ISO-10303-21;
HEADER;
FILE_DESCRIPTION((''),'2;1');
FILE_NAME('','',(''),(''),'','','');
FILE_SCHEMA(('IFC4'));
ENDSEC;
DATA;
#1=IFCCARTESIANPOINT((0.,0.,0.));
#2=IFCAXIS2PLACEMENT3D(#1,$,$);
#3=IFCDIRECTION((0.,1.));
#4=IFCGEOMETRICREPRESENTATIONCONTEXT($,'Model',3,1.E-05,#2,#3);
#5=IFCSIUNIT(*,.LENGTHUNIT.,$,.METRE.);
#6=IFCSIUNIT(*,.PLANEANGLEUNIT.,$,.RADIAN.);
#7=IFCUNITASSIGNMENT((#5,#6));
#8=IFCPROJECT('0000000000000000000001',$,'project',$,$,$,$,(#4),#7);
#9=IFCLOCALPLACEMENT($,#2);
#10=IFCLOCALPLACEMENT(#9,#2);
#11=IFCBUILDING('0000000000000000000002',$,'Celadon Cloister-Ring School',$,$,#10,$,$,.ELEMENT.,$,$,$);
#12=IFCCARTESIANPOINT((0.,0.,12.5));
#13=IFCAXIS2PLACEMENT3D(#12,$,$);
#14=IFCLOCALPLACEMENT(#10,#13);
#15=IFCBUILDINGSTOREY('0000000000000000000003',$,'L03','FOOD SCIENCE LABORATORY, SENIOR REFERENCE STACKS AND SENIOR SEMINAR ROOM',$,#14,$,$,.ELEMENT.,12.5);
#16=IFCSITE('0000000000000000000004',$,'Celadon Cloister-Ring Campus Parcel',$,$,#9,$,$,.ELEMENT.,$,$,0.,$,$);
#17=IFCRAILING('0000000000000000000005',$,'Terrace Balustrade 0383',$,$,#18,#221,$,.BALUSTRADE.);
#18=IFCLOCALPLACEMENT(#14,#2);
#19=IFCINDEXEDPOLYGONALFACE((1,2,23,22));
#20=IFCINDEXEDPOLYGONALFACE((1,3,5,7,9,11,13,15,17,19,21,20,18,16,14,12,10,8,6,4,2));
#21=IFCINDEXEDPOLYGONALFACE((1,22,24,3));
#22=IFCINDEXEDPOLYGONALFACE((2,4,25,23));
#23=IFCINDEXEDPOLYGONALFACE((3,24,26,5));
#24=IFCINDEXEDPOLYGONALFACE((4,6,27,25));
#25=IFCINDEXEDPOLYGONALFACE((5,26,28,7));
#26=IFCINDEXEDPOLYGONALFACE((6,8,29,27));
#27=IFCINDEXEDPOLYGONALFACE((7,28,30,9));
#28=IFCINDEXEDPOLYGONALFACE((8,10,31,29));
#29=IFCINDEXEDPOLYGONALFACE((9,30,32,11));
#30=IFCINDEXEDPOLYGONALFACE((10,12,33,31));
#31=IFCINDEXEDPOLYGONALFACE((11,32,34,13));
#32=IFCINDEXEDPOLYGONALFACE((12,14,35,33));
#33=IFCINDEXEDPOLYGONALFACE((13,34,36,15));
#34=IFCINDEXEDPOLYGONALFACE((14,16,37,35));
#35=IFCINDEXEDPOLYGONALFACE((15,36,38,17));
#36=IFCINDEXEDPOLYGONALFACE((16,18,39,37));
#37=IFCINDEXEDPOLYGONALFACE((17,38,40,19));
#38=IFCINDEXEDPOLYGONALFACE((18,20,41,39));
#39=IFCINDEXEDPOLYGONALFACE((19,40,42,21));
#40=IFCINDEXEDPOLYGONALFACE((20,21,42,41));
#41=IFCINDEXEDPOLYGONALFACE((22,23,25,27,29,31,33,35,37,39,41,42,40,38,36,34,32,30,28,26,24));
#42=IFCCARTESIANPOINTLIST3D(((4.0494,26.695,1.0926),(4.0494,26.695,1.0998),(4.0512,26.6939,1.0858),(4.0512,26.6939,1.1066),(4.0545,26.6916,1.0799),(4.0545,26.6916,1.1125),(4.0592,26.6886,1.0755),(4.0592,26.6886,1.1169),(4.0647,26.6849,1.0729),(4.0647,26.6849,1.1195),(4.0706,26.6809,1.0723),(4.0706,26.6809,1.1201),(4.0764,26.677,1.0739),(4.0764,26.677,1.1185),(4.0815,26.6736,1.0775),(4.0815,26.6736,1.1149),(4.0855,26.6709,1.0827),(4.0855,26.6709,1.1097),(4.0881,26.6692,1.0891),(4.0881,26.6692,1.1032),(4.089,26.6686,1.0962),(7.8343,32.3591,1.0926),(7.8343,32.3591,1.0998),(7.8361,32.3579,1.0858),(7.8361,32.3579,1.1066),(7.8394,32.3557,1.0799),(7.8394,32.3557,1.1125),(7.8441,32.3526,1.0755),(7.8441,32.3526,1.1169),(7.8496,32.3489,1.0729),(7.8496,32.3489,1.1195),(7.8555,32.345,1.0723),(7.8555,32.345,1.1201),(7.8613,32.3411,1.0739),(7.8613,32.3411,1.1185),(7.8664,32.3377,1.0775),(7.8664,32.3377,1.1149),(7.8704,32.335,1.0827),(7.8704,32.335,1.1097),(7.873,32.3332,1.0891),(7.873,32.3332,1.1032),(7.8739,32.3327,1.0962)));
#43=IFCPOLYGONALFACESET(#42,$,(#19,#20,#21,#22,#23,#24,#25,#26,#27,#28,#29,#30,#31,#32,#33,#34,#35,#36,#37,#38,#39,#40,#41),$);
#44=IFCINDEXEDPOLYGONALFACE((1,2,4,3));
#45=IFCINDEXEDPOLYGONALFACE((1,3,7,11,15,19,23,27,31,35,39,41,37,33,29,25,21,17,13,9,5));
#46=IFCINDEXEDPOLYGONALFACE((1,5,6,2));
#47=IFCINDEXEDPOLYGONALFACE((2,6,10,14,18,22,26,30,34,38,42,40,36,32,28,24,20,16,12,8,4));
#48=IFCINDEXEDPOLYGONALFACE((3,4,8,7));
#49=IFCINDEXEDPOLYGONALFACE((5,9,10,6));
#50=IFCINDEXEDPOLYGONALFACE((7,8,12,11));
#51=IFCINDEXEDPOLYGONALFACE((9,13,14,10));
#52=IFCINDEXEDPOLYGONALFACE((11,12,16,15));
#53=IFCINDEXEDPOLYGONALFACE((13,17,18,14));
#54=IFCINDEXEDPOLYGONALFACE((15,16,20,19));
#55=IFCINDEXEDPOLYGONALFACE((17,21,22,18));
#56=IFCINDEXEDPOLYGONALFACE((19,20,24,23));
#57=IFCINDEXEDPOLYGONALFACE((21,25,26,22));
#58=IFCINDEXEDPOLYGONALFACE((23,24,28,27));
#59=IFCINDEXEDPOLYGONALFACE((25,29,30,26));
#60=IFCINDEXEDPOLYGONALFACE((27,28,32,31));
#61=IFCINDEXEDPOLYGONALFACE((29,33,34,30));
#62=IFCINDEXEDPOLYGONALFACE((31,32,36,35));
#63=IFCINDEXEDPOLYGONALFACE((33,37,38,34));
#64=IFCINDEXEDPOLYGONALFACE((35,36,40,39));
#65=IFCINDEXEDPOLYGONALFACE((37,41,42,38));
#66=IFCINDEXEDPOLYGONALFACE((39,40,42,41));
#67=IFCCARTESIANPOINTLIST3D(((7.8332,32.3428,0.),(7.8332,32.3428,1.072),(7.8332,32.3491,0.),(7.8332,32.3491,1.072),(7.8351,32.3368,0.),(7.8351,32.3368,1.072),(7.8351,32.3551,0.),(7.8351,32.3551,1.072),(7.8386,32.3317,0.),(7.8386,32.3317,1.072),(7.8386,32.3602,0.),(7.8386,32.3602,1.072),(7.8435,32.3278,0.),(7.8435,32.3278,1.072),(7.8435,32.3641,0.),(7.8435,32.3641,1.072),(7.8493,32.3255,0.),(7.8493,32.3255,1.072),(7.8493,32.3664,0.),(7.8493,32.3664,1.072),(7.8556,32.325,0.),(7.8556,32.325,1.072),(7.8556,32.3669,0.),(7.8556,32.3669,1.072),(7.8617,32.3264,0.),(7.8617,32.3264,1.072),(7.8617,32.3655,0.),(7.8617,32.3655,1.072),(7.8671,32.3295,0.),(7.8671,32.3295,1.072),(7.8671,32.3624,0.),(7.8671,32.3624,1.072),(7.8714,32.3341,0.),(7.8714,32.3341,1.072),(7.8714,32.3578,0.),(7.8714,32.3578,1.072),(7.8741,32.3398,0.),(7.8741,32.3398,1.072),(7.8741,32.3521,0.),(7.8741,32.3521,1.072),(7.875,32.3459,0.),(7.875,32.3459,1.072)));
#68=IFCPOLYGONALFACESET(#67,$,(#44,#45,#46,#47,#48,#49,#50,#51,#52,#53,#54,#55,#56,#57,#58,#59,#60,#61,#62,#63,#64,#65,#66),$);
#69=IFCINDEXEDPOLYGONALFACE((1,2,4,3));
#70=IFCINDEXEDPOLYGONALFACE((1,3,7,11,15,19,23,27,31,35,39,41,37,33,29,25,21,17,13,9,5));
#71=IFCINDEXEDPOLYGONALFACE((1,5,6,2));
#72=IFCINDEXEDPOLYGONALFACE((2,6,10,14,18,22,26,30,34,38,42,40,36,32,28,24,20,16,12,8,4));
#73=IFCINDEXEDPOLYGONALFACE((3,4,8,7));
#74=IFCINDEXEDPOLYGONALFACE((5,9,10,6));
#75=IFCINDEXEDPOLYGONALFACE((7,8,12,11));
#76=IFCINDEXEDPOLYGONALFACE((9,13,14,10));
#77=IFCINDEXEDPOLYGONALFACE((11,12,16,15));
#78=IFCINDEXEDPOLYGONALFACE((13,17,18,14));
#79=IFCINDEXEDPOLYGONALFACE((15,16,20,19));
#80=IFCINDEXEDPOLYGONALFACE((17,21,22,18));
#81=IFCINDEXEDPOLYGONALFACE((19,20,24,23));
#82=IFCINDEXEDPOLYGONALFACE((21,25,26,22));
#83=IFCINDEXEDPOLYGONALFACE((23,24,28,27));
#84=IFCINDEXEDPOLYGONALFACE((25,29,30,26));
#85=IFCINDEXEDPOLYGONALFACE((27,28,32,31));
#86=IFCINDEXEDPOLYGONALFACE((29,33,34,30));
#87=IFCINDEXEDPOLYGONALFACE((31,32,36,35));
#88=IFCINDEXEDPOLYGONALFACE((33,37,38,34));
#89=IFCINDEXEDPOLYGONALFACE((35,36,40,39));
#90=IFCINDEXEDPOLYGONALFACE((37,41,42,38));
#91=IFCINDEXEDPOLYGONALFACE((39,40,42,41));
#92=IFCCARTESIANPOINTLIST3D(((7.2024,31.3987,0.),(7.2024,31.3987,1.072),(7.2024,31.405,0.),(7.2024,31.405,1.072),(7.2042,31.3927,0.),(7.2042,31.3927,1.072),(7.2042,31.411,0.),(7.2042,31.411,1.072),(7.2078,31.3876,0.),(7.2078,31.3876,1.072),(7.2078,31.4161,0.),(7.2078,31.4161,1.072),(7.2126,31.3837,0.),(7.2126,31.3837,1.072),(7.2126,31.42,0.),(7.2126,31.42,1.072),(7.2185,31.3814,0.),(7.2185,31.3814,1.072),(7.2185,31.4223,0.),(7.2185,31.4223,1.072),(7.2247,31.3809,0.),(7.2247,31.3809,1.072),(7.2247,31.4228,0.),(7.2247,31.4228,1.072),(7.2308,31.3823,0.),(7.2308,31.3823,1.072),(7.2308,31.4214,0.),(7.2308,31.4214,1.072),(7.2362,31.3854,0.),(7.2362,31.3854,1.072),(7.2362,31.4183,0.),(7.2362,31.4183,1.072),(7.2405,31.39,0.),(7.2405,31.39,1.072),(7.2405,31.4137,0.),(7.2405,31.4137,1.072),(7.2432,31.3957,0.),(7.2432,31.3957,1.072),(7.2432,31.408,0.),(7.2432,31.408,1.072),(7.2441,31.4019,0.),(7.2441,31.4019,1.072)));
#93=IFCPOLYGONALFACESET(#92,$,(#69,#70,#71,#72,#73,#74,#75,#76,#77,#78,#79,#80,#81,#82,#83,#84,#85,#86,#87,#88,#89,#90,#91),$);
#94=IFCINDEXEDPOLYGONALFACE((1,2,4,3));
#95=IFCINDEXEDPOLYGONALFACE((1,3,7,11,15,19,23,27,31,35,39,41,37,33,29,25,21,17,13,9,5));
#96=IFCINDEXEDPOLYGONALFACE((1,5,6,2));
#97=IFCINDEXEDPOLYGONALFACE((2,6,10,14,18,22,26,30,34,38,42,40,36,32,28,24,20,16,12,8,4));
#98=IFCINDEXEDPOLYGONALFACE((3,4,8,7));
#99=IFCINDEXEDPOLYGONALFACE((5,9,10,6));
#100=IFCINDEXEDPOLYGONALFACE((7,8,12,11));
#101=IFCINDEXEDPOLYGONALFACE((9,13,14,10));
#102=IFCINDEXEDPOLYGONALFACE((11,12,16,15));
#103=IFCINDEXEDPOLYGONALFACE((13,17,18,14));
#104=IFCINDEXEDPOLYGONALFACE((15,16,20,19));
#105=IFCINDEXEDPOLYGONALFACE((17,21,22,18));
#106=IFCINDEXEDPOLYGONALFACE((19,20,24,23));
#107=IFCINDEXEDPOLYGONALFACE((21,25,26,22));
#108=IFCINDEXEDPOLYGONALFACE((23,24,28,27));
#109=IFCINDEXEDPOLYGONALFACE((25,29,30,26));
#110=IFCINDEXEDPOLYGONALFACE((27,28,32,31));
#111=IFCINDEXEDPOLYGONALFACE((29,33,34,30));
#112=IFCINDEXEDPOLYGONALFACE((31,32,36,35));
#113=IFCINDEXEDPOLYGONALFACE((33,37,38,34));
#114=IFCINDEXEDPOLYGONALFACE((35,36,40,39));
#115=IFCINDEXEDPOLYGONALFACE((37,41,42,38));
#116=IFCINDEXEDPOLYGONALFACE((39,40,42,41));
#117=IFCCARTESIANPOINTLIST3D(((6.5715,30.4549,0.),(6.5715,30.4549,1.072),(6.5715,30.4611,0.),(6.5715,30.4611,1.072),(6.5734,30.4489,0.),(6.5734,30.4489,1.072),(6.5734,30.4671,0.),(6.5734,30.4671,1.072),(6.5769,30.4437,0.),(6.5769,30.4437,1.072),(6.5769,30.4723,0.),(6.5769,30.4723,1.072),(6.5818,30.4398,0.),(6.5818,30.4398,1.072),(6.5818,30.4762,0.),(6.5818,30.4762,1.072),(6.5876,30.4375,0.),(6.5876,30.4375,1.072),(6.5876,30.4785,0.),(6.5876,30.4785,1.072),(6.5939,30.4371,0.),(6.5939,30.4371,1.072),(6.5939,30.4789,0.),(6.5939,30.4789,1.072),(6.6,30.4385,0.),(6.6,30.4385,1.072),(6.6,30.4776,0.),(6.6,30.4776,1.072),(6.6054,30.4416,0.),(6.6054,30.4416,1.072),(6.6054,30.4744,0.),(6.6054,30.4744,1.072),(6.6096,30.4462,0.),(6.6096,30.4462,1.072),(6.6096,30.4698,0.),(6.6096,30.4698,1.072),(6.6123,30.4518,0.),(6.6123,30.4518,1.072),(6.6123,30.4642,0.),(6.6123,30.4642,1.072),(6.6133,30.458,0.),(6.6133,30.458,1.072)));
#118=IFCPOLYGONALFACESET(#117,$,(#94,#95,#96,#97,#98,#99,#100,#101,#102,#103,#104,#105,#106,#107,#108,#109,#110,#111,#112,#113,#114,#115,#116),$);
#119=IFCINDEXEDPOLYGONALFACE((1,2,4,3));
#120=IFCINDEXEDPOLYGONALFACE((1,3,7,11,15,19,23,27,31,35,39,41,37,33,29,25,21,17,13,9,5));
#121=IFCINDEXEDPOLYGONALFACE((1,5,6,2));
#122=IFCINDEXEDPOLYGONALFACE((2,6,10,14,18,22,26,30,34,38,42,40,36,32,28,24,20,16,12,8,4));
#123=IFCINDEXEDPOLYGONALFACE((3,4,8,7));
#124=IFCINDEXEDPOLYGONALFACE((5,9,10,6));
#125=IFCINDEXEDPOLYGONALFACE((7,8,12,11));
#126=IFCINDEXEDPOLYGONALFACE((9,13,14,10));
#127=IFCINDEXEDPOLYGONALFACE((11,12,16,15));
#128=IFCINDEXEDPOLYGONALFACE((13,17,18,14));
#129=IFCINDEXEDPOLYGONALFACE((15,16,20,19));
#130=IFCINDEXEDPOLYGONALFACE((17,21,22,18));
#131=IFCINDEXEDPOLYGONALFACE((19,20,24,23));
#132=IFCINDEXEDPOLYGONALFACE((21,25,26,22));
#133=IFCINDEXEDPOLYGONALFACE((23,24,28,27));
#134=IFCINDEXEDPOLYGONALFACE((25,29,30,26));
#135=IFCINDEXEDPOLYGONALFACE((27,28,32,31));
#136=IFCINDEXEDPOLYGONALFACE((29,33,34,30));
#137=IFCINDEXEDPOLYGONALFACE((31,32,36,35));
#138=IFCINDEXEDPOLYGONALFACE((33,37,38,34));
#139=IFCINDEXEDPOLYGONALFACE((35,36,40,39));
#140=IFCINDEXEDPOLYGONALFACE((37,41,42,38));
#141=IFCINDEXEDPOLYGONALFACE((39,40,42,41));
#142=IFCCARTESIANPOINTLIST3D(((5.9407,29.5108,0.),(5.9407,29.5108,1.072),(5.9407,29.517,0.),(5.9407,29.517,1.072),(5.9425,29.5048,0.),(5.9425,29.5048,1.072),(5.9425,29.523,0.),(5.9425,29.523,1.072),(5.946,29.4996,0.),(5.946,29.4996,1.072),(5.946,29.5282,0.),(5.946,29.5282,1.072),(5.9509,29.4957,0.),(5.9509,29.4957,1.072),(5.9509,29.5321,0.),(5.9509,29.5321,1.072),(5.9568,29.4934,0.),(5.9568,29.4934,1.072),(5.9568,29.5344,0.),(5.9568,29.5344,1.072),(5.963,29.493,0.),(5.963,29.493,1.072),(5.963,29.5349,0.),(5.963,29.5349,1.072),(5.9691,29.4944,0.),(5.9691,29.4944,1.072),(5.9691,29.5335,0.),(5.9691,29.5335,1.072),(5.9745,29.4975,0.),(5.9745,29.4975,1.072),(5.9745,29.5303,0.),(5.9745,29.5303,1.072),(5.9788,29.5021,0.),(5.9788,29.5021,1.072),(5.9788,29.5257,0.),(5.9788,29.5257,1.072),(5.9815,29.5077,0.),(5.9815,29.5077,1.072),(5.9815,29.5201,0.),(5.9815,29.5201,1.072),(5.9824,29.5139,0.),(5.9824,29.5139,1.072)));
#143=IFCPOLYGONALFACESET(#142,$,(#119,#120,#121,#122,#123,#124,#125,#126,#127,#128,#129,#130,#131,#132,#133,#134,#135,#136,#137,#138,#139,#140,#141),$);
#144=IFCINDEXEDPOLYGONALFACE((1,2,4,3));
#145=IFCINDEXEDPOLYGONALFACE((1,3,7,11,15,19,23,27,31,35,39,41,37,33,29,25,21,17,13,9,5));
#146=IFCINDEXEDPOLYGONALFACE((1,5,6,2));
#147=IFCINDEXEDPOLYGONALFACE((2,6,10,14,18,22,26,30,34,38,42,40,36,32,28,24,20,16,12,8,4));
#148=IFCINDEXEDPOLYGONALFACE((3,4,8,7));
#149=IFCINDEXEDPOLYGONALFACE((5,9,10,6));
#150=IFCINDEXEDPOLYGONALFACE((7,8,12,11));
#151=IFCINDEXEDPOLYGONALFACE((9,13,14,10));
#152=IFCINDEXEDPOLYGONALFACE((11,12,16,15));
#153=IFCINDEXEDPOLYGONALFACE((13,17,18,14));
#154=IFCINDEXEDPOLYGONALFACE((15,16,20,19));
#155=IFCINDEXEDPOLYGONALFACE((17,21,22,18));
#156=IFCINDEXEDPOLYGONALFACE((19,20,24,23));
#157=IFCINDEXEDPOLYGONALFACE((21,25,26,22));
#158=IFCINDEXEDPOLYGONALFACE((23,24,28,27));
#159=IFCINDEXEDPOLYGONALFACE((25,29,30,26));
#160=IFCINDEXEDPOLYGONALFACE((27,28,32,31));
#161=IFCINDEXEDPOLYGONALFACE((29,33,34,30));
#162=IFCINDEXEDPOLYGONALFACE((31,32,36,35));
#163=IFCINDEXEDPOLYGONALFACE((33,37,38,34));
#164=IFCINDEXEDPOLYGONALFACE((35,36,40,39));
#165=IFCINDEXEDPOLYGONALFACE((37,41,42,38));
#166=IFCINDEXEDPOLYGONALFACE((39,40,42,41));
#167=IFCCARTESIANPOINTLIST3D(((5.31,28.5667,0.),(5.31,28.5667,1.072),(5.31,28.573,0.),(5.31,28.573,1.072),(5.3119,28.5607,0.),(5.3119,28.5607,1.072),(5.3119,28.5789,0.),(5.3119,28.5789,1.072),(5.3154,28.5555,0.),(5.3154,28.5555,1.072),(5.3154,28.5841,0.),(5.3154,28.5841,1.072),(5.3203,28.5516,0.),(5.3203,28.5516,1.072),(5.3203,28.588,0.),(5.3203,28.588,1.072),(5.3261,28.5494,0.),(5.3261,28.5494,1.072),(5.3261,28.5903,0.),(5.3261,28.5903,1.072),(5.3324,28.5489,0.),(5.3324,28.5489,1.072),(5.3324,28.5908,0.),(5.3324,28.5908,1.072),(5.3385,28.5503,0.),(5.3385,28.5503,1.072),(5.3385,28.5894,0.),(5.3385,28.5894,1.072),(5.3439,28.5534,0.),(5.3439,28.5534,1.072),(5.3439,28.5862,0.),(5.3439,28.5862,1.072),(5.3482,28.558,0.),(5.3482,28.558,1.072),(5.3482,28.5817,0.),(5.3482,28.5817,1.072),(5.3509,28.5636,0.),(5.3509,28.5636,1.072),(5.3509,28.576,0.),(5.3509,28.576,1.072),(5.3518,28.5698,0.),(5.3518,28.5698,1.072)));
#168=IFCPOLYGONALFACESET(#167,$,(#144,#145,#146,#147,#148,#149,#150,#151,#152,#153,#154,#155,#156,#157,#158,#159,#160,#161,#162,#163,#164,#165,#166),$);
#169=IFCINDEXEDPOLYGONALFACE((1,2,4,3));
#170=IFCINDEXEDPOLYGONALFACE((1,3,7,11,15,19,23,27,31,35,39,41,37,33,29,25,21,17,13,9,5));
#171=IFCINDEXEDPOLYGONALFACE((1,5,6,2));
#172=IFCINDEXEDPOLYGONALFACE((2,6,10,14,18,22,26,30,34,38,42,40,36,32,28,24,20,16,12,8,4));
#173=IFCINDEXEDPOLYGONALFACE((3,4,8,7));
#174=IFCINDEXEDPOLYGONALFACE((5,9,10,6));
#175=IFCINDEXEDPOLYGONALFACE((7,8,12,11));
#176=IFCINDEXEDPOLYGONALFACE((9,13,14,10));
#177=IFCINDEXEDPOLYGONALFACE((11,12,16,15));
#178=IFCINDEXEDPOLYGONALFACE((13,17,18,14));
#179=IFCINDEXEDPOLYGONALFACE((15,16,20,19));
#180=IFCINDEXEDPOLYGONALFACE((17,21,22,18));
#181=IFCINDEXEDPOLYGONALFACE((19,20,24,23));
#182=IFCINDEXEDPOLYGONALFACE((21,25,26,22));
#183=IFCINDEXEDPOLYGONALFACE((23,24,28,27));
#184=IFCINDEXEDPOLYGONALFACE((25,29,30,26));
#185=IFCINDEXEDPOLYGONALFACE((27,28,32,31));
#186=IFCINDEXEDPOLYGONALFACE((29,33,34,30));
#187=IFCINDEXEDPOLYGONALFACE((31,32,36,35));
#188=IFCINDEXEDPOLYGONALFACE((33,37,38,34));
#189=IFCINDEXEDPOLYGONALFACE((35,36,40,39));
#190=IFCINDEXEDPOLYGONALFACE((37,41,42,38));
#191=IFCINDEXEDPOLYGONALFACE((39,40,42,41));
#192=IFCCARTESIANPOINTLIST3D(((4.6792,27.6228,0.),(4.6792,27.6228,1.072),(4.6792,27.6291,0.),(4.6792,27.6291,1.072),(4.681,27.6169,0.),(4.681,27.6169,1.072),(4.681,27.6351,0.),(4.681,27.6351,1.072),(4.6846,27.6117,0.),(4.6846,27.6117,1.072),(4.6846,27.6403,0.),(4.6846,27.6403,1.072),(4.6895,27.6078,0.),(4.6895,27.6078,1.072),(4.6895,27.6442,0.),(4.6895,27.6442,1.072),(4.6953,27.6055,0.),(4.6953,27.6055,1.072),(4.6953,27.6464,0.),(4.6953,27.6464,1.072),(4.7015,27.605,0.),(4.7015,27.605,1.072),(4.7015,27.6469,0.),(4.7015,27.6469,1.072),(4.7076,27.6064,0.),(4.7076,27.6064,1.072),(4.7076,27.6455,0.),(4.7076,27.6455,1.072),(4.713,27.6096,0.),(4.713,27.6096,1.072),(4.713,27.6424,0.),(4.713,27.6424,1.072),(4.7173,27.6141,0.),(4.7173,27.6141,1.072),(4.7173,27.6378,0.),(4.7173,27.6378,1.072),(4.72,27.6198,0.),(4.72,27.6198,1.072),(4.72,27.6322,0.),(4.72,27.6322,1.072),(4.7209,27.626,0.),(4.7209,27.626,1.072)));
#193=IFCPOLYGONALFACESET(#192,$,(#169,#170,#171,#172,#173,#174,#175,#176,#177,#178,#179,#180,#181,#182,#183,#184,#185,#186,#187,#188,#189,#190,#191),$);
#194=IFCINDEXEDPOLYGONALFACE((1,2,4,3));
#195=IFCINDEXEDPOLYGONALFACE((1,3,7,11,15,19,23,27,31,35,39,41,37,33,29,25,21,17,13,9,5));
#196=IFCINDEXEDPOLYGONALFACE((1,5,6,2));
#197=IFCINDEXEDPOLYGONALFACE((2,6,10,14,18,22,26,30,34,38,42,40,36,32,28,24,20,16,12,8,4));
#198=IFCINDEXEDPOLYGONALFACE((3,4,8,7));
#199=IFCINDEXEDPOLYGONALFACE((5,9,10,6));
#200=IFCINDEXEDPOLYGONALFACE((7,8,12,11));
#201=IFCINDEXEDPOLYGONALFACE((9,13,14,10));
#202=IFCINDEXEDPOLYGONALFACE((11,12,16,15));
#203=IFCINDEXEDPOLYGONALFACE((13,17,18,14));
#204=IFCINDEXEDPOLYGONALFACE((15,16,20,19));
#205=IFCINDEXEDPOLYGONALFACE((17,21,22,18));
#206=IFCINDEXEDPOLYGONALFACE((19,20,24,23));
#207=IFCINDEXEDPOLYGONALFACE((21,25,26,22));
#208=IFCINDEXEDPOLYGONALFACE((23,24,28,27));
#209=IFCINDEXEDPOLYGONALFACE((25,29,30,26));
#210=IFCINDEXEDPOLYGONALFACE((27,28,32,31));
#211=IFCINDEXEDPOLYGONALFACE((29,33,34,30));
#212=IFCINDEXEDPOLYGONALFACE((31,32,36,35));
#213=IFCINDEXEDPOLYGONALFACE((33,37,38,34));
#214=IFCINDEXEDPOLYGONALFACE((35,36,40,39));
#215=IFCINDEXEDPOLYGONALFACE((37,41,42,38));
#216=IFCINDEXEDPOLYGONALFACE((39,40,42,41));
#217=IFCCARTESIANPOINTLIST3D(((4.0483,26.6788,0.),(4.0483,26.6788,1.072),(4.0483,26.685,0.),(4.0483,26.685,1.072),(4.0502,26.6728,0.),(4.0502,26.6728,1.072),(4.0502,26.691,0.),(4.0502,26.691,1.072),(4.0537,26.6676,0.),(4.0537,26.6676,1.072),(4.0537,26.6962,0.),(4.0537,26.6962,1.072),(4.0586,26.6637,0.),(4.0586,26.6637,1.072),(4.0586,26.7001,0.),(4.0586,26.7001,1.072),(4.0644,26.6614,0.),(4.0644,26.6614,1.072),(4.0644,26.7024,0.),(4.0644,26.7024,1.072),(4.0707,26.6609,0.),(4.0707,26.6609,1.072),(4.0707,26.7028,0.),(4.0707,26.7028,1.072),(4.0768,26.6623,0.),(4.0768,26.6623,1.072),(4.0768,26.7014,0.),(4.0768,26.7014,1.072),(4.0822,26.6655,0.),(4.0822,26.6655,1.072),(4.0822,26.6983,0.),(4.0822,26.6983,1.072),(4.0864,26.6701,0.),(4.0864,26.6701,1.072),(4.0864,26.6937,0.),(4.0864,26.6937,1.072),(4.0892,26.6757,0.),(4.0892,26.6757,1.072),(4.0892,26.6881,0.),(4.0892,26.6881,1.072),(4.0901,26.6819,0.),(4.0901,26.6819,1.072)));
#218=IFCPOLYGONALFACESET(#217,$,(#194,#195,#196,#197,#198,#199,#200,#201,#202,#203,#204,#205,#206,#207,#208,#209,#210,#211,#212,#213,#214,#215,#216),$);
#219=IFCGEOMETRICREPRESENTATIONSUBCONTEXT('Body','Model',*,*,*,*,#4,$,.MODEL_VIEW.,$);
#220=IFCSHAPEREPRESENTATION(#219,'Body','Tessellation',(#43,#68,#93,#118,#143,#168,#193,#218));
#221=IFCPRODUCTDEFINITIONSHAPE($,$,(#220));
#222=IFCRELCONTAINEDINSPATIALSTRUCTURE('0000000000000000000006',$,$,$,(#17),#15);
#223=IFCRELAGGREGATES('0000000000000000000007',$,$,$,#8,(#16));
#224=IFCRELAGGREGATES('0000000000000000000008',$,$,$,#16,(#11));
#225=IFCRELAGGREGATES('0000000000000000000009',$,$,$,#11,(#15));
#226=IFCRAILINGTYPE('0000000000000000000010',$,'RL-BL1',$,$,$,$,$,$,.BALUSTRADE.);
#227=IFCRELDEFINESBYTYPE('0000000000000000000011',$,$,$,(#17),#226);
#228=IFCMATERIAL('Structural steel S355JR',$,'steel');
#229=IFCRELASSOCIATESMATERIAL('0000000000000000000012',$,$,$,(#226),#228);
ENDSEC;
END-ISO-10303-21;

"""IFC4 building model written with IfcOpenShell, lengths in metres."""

from ifc_helpers import new_model, si_unit, direction, frame, origin, origin_2d, place, context, subcontext, project, spatial, circle, extrude, material, type_object, element, save


model = new_model("IFC4")

# Units and contexts
model_context = context("Model", 3, precision=1e-05, world=origin(), true_north=direction((0.0, 1.0)))
body_context = subcontext(model_context, "Body", "Model", "MODEL_VIEW")
ifc_project = project(units=[si_unit("LENGTHUNIT", "METRE"), si_unit("PLANEANGLEUNIT", "RADIAN")], contexts=[model_context])

# Site, building, storey
site_placement = place(None, origin())
site = spatial("IfcSite", under=ifc_project, at=site_placement, Name="Celadon Cloister-Ring Campus Parcel", CompositionType="ELEMENT", RefElevation=0.0)
building_placement = place(site_placement, origin())
building = spatial("IfcBuilding", under=site, at=building_placement, Name="Celadon Cloister-Ring School", CompositionType="ELEMENT")
storey_placement = place(building_placement, frame((0.0, 0.0, 12.5)))
storey = spatial("IfcBuildingStorey", under=building, at=storey_placement, Name="L03", Description="FOOD SCIENCE LABORATORY, SENIOR REFERENCE STACKS AND SENIOR SEMINAR ROOM", CompositionType="ELEMENT", Elevation=12.5)

# Railing
ifc_material_1 = material(Name="Structural steel S355JR", Category="steel")
railing_type = type_object("IfcRailingType", Name="RL-BL1", PredefinedType="BALUSTRADE", material=ifc_material_1)
railing_1_placement = place(storey_placement, frame((7.854, 32.3459, 0.0)))
element("IfcRailing", 1, at=railing_1_placement, inside=storey, type_object=railing_type, Name="Terrace Balustrade 0383", PredefinedType="BALUSTRADE", context=body_context, shape_type="SweptSolid", body=[
    extrude(circle(Radius=0.0239, at=origin_2d()), frame((0.0, 0.0, 1.0962), z_axis=(-0.555601, -0.831449, 0.0), x_axis=(0.831449, -0.555601, 0.0)), (0.0, 0.0, 1.0), 6.8123),
    extrude(circle(Radius=0.021, at=origin_2d()), origin(), (0.0, 0.0, 1.0), 1.072),
    extrude(circle(Radius=0.021, at=origin_2d()), frame((-0.6309, -0.9441, 0.0)), (0.0, 0.0, 1.0), 1.072),
    extrude(circle(Radius=0.021, at=origin_2d()), frame((-1.2617, -1.8879, 0.0)), (0.0, 0.0, 1.0), 1.072),
    extrude(circle(Radius=0.021, at=origin_2d()), frame((-1.8926, -2.832, 0.0)), (0.0, 0.0, 1.0), 1.072),
    extrude(circle(Radius=0.021, at=origin_2d()), frame((-2.5232, -3.7761, 0.0)), (0.0, 0.0, 1.0), 1.072),
    extrude(circle(Radius=0.021, at=origin_2d()), frame((-3.1541, -4.72, 0.0)), (0.0, 0.0, 1.0), 1.072),
    extrude(circle(Radius=0.021, at=origin_2d()), frame((-3.7849, -5.6641, 0.0)), (0.0, 0.0, 1.0), 1.072),
])

save(model, "model.ifc")
